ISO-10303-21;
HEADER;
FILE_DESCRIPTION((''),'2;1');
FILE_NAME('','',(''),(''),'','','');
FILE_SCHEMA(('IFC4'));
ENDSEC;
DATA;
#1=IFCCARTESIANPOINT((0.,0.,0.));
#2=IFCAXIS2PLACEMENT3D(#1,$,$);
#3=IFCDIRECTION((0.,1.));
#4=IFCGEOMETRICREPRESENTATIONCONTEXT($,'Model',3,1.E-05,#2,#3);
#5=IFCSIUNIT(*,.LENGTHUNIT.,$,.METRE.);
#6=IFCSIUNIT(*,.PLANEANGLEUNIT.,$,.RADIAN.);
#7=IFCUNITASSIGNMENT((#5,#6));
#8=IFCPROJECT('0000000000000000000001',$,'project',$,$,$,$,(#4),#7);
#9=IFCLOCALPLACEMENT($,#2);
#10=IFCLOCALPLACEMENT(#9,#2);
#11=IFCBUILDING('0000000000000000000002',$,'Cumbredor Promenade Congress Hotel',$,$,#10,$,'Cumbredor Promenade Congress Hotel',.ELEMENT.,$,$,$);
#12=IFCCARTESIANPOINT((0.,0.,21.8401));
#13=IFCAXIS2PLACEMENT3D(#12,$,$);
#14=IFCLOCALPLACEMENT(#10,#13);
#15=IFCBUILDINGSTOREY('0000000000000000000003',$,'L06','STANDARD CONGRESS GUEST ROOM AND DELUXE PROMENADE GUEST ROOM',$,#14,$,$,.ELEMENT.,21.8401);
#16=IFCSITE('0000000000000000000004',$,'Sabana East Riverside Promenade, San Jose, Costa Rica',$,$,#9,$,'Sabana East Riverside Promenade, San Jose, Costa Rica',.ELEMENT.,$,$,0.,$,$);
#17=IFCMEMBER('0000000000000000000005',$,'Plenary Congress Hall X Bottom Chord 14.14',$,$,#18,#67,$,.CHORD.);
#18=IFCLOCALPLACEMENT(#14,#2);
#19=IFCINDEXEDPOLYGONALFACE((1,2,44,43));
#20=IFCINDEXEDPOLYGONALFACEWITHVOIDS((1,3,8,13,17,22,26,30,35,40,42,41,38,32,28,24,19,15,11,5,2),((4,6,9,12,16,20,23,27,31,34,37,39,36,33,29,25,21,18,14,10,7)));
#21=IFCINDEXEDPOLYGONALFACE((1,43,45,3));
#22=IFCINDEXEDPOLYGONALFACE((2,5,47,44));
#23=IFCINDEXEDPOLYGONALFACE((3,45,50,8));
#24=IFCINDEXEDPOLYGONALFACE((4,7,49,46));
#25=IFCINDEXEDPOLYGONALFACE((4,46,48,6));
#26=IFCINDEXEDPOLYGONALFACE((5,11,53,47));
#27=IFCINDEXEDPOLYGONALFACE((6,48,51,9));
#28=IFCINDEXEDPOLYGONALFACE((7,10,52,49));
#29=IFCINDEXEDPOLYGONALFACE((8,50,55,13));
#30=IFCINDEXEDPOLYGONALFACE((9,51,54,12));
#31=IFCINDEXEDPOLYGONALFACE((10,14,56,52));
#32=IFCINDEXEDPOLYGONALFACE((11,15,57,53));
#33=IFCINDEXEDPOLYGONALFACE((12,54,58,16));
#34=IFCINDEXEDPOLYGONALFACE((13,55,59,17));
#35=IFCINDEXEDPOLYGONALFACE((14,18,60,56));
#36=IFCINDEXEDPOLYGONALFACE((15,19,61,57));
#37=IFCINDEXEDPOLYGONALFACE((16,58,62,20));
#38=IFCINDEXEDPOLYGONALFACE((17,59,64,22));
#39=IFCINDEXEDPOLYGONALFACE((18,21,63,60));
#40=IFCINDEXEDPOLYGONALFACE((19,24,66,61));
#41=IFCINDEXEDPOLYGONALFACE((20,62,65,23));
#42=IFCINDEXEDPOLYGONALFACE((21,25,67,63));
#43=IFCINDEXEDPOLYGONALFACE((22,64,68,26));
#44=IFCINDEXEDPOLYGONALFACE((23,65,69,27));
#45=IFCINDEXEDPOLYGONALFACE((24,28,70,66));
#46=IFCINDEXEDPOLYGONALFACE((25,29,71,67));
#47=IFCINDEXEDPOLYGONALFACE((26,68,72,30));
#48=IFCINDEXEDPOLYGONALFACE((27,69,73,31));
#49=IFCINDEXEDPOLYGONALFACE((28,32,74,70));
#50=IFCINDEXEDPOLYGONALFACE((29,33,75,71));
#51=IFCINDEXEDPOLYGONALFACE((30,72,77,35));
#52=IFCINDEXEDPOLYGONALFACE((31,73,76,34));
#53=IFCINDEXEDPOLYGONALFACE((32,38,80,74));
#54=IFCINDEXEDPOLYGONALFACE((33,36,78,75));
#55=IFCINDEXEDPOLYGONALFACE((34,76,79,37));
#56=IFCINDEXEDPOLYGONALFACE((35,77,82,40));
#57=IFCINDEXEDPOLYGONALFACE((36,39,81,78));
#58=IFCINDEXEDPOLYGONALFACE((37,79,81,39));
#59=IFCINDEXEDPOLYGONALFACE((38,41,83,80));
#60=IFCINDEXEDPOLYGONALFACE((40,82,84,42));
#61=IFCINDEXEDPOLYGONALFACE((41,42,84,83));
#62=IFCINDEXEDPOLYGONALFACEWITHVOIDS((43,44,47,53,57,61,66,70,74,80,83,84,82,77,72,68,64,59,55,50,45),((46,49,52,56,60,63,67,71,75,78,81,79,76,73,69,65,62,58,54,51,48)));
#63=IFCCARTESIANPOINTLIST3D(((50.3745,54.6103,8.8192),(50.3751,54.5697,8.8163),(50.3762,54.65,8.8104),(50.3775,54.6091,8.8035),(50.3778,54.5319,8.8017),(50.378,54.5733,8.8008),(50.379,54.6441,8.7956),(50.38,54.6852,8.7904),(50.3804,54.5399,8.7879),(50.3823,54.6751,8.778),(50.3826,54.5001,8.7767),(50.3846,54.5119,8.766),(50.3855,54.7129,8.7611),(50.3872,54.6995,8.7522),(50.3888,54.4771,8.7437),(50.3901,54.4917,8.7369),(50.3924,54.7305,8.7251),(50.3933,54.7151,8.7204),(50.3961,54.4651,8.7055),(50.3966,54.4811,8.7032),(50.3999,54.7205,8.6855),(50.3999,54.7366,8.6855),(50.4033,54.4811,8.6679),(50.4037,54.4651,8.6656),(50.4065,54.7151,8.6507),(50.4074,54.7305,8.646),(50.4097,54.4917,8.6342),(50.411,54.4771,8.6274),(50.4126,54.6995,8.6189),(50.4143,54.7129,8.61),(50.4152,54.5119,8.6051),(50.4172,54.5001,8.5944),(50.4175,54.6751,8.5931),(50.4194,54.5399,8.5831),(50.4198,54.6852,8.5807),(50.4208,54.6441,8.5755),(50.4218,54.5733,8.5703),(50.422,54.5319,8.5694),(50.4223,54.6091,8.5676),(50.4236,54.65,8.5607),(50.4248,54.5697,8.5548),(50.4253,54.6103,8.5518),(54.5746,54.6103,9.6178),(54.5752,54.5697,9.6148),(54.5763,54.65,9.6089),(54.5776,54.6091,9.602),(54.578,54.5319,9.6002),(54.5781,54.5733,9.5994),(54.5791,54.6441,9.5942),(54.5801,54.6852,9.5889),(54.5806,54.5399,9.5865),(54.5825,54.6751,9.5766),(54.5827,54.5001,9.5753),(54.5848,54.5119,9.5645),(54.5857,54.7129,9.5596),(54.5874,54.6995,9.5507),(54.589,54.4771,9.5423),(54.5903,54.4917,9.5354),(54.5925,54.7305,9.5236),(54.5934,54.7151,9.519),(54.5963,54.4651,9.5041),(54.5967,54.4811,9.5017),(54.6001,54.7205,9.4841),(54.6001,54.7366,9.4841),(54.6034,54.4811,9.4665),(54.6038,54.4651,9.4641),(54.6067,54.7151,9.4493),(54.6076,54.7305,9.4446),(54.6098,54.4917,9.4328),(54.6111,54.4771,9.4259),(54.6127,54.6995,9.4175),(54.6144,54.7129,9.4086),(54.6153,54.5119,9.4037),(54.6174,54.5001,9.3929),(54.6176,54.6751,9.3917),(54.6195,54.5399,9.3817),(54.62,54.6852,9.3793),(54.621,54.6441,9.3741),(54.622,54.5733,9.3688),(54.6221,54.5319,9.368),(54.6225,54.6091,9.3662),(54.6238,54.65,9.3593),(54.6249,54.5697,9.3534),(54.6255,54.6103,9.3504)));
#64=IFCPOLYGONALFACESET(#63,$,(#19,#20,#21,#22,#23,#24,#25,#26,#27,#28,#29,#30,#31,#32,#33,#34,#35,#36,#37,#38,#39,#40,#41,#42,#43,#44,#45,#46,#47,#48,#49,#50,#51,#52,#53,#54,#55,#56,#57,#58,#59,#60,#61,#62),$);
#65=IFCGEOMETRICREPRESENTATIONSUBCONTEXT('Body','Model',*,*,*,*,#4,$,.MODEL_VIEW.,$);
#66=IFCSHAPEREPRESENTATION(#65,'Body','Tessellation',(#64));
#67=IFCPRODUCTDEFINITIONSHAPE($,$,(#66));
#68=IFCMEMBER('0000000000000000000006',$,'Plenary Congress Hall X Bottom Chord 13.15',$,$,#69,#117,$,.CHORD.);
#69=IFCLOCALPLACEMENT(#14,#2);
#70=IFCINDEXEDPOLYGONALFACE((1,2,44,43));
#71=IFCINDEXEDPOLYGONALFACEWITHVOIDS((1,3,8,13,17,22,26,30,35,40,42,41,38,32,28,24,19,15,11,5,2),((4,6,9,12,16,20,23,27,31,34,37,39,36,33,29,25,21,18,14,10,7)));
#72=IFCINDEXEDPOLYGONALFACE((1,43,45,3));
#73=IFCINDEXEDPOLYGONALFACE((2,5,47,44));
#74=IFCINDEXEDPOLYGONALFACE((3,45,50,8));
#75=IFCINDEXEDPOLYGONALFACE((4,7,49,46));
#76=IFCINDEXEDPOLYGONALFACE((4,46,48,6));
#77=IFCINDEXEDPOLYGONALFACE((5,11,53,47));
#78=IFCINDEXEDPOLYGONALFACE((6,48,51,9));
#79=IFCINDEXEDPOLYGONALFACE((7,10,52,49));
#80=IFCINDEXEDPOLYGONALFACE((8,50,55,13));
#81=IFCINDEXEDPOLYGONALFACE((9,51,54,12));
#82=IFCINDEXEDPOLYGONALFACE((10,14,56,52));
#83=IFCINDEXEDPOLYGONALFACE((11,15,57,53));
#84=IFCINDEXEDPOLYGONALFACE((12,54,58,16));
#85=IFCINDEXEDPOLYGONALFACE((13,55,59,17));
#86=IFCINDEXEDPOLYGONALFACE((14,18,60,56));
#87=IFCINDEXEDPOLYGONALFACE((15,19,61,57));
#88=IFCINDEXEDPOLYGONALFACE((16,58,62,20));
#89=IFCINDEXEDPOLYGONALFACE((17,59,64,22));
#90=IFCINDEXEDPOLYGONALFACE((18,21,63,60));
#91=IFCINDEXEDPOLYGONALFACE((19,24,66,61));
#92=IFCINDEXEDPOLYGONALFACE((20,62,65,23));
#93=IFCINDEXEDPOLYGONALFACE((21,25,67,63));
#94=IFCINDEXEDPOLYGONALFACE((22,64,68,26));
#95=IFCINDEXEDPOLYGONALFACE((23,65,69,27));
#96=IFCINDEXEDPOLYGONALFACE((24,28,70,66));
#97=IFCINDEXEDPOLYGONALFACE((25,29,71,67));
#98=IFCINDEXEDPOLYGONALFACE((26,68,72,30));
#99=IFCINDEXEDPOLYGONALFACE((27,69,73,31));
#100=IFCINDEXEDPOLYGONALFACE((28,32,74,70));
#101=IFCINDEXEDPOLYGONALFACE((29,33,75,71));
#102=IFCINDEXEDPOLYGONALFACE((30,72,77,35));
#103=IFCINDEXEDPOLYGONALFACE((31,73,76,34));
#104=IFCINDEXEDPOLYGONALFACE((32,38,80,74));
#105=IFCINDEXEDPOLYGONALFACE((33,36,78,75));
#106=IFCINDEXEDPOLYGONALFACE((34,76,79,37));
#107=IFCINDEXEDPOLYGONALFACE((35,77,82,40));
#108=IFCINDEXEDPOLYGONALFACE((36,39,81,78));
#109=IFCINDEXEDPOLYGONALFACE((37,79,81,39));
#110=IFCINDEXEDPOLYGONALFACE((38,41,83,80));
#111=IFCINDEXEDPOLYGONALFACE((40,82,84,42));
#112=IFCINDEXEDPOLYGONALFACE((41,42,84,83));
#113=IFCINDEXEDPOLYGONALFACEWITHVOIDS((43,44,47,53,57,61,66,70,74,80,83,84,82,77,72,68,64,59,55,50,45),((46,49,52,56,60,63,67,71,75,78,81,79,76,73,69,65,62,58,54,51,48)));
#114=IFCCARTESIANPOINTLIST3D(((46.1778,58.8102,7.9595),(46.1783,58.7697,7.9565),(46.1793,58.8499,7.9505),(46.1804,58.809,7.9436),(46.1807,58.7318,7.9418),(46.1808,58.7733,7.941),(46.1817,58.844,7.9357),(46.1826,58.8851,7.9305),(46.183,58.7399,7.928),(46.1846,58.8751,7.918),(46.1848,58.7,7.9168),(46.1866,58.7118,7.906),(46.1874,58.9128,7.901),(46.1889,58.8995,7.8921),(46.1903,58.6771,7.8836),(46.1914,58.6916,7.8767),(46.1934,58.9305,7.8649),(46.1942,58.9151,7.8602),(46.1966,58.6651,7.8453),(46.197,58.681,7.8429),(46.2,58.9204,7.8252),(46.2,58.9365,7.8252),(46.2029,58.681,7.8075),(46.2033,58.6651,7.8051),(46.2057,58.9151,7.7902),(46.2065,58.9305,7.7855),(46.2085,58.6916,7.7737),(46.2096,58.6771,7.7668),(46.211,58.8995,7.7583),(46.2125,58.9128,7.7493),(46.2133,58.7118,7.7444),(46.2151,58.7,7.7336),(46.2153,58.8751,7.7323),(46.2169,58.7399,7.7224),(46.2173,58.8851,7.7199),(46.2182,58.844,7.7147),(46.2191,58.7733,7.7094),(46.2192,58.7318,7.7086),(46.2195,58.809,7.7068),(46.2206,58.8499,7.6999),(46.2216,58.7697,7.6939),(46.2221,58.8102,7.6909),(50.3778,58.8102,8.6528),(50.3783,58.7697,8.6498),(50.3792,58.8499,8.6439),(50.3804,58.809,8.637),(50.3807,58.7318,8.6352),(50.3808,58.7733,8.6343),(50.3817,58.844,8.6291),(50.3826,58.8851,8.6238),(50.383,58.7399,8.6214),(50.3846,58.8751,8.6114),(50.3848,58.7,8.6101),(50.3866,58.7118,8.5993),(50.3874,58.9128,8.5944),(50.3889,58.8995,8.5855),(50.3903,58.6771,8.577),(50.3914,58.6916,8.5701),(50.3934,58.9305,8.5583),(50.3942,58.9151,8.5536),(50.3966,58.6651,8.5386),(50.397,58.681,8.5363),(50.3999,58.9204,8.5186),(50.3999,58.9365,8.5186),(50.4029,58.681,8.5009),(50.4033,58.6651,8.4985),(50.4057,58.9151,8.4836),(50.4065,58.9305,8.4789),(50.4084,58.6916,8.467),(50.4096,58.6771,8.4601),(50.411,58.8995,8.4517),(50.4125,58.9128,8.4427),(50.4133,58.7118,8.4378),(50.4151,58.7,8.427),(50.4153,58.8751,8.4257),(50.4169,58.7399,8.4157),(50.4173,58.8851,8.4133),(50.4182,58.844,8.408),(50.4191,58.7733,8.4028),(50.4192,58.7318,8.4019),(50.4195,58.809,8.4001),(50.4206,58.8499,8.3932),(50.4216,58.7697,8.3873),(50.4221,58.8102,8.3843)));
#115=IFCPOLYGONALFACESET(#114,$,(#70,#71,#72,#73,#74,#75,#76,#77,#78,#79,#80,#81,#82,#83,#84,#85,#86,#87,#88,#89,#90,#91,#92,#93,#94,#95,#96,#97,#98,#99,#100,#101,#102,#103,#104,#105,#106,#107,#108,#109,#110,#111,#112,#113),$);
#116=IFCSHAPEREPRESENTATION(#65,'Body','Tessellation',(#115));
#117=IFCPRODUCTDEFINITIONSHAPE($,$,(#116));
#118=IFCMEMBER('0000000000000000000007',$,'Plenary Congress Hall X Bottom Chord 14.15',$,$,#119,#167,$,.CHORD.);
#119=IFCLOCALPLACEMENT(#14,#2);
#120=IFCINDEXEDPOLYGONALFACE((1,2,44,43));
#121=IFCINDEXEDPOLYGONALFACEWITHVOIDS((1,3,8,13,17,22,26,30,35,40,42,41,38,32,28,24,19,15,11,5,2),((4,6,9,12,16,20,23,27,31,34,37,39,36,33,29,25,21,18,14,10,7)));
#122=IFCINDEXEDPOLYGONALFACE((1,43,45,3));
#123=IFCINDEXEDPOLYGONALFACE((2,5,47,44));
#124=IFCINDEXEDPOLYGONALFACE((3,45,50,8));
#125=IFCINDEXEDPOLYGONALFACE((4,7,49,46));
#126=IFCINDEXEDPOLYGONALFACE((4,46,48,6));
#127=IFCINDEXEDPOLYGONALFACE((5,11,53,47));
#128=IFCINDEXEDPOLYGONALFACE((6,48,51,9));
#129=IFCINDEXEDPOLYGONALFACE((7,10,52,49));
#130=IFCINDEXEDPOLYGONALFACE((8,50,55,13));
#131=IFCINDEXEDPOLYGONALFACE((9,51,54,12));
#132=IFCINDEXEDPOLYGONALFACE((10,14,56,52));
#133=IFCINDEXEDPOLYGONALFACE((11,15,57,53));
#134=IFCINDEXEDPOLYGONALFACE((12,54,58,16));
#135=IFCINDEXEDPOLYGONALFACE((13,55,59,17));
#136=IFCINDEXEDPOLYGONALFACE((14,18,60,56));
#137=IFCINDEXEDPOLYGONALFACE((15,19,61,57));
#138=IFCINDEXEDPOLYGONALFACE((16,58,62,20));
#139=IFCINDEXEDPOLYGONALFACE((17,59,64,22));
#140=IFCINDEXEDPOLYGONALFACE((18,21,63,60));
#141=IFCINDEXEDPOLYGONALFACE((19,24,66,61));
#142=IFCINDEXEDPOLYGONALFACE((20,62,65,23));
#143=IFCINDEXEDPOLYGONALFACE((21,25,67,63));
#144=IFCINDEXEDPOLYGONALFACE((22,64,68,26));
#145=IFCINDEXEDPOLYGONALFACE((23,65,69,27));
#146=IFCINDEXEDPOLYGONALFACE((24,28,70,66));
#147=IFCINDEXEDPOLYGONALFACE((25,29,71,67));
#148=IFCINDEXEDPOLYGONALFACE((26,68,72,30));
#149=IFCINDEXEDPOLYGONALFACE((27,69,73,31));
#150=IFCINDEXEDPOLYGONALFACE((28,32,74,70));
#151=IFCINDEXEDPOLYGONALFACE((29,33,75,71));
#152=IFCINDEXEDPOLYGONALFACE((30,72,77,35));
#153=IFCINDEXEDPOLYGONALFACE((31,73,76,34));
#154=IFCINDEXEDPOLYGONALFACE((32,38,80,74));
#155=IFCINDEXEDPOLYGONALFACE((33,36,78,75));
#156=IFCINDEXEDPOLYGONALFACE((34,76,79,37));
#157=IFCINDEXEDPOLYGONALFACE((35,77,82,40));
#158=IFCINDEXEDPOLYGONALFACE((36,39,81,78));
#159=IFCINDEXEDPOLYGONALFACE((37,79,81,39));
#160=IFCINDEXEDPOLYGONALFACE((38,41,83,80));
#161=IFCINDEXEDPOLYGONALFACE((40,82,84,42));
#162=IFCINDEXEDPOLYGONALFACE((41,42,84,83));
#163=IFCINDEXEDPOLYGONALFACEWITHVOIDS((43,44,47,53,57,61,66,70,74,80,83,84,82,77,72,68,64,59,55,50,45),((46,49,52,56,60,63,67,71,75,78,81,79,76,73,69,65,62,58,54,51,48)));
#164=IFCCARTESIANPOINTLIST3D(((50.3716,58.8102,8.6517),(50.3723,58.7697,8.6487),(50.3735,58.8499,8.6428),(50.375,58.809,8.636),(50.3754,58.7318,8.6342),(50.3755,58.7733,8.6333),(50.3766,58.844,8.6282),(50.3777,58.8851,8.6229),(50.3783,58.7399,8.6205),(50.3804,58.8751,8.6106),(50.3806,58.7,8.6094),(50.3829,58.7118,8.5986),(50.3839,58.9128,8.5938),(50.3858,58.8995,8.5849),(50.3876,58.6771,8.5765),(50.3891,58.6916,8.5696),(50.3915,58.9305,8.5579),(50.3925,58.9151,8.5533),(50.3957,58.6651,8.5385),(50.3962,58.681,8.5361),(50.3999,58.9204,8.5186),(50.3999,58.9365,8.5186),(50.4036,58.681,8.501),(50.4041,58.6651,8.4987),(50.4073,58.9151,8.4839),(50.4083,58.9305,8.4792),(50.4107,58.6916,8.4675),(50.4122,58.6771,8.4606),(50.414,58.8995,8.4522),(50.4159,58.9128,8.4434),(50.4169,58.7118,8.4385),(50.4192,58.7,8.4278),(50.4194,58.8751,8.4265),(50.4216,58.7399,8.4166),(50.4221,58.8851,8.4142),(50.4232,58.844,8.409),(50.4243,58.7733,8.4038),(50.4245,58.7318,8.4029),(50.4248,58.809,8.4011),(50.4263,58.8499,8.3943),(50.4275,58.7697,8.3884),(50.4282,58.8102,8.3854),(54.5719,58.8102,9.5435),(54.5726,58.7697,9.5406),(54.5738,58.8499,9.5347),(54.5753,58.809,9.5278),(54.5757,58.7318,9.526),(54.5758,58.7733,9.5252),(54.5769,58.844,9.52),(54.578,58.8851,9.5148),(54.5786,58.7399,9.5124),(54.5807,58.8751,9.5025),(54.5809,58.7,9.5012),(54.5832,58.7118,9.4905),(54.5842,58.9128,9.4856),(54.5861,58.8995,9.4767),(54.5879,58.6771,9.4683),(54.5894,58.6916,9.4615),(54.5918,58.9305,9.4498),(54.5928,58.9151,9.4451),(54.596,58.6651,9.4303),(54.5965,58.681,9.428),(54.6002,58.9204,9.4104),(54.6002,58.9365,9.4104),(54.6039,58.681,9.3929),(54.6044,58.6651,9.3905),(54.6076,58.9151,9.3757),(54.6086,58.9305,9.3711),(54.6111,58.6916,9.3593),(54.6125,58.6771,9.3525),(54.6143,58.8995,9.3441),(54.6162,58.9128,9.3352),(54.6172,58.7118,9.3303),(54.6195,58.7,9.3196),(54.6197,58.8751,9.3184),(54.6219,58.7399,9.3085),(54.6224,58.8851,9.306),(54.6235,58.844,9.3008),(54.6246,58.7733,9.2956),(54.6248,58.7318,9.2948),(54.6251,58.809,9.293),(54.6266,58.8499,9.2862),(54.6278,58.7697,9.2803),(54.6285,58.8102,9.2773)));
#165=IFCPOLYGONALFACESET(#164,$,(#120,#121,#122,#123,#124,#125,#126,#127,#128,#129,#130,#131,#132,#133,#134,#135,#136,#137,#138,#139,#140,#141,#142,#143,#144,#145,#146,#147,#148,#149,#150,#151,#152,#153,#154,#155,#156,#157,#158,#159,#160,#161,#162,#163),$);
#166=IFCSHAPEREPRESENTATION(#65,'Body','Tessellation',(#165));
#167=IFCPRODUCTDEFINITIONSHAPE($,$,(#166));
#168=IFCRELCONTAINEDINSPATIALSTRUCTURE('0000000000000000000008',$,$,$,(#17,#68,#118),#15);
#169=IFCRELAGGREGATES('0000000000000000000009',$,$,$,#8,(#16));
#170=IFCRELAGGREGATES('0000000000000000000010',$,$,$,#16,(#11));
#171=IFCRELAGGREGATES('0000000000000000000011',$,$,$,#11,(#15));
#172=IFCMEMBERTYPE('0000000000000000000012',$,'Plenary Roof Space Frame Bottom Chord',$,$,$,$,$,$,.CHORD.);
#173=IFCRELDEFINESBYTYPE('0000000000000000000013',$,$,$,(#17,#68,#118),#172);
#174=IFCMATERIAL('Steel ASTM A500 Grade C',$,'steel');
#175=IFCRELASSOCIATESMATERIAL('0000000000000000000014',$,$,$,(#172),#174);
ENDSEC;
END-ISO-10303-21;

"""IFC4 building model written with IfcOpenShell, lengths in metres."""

from ifc_helpers import new_model, si_unit, direction, frame, origin, origin_2d, place, context, subcontext, project, spatial, hollow_circle, extrude, material, material_profile, profile_set, type_object, element, save


model = new_model("IFC4")

# Units and contexts
model_context = context("Model", 3, precision=1e-05, world=origin(), true_north=direction((0.0, 1.0)))
body_context = subcontext(model_context, "Body", "Model", "MODEL_VIEW")
ifc_project = project(units=[si_unit("LENGTHUNIT", "METRE"), si_unit("PLANEANGLEUNIT", "RADIAN")], contexts=[model_context])

# Site, building, storey
site_placement = place(None, origin())
site = spatial("IfcSite", under=ifc_project, at=site_placement, Name="Sabana East Riverside Promenade, San Jose, Costa Rica", LongName="Sabana East Riverside Promenade, San Jose, Costa Rica", CompositionType="ELEMENT", RefElevation=0.0)
building_placement = place(site_placement, origin())
building = spatial("IfcBuilding", under=site, at=building_placement, Name="Cumbredor Promenade Congress Hotel", LongName="Cumbredor Promenade Congress Hotel", CompositionType="ELEMENT")
storey_placement = place(building_placement, frame((0.0, 0.0, 21.8401)))
storey = spatial("IfcBuildingStorey", under=building, at=storey_placement, Name="L06", Description="STANDARD CONGRESS GUEST ROOM AND DELUXE PROMENADE GUEST ROOM", CompositionType="ELEMENT", Elevation=21.8401)

# Members
ifc_material_1 = material(Name="Steel ASTM A500 Grade C", Category="steel")
ifc_material_profile_1 = material_profile(ifc_material_1, hollow_circle(Radius=0.1365, WallThickness=0.0161, at=origin_2d()), Name="CHS 273.0x16")
ifc_profile_set_1 = profile_set([ifc_material_profile_1], Name="Steel ASTM A500 Grade C")
member_type_1 = type_object("IfcMemberType", Name="Plenary Roof Space Frame Bottom Chord", PredefinedType="CHORD", material=ifc_profile_set_1)
member_1_placement = place(storey_placement, frame((50.3999, 54.6001, 8.6855), z_axis=(0.982401, 0.0, 0.186784), x_axis=(0.0, 1.0, 0.0)))
element("IfcMember", 1, at=member_1_placement, inside=storey, type_object=member_type_1, Name="Plenary Congress Hall X Bottom Chord 14.14", PredefinedType="CHORD", context=body_context, shape_type="SweptSolid", body=[
    extrude(hollow_circle(Radius=0.1365, WallThickness=0.0161, at=origin_2d()), origin(), (0.0, 0.0, 1.0), 4.2754),
])
member_2_placement = place(storey_placement, frame((46.2, 58.8, 7.8252), z_axis=(0.986645, 0.0, 0.162883), x_axis=(0.0, 1.0, 0.0)))
element("IfcMember", 2, at=member_2_placement, inside=storey, type_object=member_type_1, Name="Plenary Congress Hall X Bottom Chord 13.15", PredefinedType="CHORD", context=body_context, shape_type="SweptSolid", body=[
    extrude(hollow_circle(Radius=0.1365, WallThickness=0.0161, at=origin_2d()), origin(), (0.0, 0.0, 1.0), 4.2568),
])
member_3_placement = place(storey_placement, frame((50.3999, 58.8, 8.5186), z_axis=(0.978192, 0.0, 0.207704), x_axis=(0.0, 1.0, 0.0)))
element("IfcMember", 3, at=member_3_placement, inside=storey, type_object=member_type_1, Name="Plenary Congress Hall X Bottom Chord 14.15", PredefinedType="CHORD", context=body_context, shape_type="SweptSolid", body=[
    extrude(hollow_circle(Radius=0.1365, WallThickness=0.0161, at=origin_2d()), origin(), (0.0, 0.0, 1.0), 4.2939),
])

save(model, "model.ifc")
